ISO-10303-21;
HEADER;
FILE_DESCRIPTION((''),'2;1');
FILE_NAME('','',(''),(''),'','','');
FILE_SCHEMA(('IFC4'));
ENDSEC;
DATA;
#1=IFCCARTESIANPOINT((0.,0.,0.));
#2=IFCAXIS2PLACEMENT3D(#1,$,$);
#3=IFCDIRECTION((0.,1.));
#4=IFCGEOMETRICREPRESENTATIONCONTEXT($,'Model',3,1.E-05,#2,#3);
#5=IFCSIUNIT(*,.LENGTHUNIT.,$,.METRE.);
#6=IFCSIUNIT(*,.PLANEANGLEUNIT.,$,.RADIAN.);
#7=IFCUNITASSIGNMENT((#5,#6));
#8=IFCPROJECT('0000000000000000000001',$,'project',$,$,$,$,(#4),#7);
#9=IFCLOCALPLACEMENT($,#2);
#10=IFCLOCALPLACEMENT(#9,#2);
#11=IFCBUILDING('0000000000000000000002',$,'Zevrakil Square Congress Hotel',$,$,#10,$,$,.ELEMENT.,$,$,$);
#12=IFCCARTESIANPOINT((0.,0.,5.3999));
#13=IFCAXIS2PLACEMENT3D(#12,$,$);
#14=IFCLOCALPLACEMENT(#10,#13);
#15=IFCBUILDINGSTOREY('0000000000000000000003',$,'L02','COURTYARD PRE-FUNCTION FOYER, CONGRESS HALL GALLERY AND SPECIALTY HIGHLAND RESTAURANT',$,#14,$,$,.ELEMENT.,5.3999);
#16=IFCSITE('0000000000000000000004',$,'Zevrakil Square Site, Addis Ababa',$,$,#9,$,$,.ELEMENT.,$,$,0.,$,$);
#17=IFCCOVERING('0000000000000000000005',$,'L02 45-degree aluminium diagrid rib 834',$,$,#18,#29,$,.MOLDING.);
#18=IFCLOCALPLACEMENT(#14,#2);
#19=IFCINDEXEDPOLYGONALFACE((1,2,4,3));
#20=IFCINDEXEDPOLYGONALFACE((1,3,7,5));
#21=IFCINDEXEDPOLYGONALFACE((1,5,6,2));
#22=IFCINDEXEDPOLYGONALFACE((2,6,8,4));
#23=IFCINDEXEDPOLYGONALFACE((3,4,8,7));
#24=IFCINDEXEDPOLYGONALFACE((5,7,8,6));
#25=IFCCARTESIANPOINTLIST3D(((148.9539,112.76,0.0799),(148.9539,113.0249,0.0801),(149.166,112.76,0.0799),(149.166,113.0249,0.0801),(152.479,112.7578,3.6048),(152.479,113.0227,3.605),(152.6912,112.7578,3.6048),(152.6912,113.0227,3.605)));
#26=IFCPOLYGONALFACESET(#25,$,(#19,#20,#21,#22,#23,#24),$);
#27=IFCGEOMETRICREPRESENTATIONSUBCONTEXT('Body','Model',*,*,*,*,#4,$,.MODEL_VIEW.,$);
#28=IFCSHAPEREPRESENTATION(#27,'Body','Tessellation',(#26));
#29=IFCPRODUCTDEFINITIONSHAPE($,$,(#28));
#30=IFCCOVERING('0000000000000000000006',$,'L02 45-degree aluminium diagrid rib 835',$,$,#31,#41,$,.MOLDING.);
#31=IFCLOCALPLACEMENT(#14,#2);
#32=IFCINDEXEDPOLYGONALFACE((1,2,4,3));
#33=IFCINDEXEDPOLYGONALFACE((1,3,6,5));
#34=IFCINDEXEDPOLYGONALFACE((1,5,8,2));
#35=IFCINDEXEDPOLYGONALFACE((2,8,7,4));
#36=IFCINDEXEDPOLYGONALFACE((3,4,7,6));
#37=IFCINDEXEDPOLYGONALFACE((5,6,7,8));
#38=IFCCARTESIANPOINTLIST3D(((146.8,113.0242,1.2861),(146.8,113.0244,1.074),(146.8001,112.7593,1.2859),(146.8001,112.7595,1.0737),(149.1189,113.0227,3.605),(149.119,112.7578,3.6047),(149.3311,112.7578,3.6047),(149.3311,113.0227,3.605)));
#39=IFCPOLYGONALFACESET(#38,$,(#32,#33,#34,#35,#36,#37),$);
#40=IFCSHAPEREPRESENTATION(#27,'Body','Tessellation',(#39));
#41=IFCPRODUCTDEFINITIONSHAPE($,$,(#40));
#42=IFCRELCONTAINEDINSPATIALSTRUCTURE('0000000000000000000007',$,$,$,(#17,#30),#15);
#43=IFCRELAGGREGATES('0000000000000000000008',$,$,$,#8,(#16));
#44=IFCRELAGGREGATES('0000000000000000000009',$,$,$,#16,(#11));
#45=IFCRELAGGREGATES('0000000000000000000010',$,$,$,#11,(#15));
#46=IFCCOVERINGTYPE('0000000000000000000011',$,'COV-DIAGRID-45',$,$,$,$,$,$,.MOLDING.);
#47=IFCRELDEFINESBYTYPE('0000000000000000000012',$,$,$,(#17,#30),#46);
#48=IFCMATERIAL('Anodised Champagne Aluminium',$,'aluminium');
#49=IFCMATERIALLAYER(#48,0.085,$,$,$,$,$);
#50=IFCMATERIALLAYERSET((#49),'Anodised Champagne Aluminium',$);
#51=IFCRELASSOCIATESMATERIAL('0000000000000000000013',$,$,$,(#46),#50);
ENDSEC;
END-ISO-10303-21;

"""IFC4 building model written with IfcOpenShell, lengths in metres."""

from ifc_helpers import new_model, si_unit, direction, frame, origin, place, context, subcontext, project, spatial, polyline, outline, extrude, material, layer, layer_set, type_object, element, save


model = new_model("IFC4")

# Units and contexts
model_context = context("Model", 3, precision=1e-05, world=origin(), true_north=direction((0.0, 1.0)))
body_context = subcontext(model_context, "Body", "Model", "MODEL_VIEW")
ifc_project = project(units=[si_unit("LENGTHUNIT", "METRE"), si_unit("PLANEANGLEUNIT", "RADIAN")], contexts=[model_context])

# Site, building, storey
site_placement = place(None, origin())
site = spatial("IfcSite", under=ifc_project, at=site_placement, Name="Zevrakil Square Site, Addis Ababa", CompositionType="ELEMENT", RefElevation=0.0)
building_placement = place(site_placement, origin())
building = spatial("IfcBuilding", under=site, at=building_placement, Name="Zevrakil Square Congress Hotel", CompositionType="ELEMENT")
storey_placement = place(building_placement, frame((0.0, 0.0, 5.3999)))
storey = spatial("IfcBuildingStorey", under=building, at=storey_placement, Name="L02", Description="COURTYARD PRE-FUNCTION FOYER, CONGRESS HALL GALLERY AND SPECIALTY HIGHLAND RESTAURANT", CompositionType="ELEMENT", Elevation=5.3999)

# Coverings
ifc_material_1 = material(Name="Anodised Champagne Aluminium", Category="aluminium")
ifc_layer_1 = layer(ifc_material_1, 0.085)
ifc_layer_set_1 = layer_set([ifc_layer_1], Name="Anodised Champagne Aluminium")
covering_type_1 = type_object("IfcCoveringType", Name="COV-DIAGRID-45", PredefinedType="MOLDING", material=ifc_layer_set_1)
covering_1_placement = place(storey_placement, frame((152.6912, 113.0227, 3.605), z_axis=(0.0, 1.0, 0.000623), x_axis=(-1.0, 0.0, 0.0)))
element("IfcCovering", 1, at=covering_1_placement, inside=storey, type_object=covering_type_1, Name="L02 45-degree aluminium diagrid rib 834", PredefinedType="MOLDING", context=body_context, shape_type="SweptSolid", body=[
    extrude(outline(polyline([(0.0, 0.0), (0.2122, 0.0), (3.7373, -3.5249), (3.5251, -3.5249), (0.0, 0.0)])), origin(), (0.0, 0.0, -1.0), 0.2649),
])
covering_2_placement = place(storey_placement, frame((149.3311, 113.0227, 3.605), z_axis=(-0.000248, 1.0, 0.000903), x_axis=(-1.0, -0.000248, 0.0)))
element("IfcCovering", 2, at=covering_2_placement, inside=storey, type_object=covering_type_1, Name="L02 45-degree aluminium diagrid rib 835", PredefinedType="MOLDING", context=body_context, shape_type="SweptSolid", body=[
    extrude(outline(polyline([(0.0, 0.0), (0.2122, 0.0), (2.531, -2.3188), (2.531, -2.531), (0.0, 0.0)])), origin(), (0.0, 0.0, -1.0), 0.2649),
])

save(model, "model.ifc")
